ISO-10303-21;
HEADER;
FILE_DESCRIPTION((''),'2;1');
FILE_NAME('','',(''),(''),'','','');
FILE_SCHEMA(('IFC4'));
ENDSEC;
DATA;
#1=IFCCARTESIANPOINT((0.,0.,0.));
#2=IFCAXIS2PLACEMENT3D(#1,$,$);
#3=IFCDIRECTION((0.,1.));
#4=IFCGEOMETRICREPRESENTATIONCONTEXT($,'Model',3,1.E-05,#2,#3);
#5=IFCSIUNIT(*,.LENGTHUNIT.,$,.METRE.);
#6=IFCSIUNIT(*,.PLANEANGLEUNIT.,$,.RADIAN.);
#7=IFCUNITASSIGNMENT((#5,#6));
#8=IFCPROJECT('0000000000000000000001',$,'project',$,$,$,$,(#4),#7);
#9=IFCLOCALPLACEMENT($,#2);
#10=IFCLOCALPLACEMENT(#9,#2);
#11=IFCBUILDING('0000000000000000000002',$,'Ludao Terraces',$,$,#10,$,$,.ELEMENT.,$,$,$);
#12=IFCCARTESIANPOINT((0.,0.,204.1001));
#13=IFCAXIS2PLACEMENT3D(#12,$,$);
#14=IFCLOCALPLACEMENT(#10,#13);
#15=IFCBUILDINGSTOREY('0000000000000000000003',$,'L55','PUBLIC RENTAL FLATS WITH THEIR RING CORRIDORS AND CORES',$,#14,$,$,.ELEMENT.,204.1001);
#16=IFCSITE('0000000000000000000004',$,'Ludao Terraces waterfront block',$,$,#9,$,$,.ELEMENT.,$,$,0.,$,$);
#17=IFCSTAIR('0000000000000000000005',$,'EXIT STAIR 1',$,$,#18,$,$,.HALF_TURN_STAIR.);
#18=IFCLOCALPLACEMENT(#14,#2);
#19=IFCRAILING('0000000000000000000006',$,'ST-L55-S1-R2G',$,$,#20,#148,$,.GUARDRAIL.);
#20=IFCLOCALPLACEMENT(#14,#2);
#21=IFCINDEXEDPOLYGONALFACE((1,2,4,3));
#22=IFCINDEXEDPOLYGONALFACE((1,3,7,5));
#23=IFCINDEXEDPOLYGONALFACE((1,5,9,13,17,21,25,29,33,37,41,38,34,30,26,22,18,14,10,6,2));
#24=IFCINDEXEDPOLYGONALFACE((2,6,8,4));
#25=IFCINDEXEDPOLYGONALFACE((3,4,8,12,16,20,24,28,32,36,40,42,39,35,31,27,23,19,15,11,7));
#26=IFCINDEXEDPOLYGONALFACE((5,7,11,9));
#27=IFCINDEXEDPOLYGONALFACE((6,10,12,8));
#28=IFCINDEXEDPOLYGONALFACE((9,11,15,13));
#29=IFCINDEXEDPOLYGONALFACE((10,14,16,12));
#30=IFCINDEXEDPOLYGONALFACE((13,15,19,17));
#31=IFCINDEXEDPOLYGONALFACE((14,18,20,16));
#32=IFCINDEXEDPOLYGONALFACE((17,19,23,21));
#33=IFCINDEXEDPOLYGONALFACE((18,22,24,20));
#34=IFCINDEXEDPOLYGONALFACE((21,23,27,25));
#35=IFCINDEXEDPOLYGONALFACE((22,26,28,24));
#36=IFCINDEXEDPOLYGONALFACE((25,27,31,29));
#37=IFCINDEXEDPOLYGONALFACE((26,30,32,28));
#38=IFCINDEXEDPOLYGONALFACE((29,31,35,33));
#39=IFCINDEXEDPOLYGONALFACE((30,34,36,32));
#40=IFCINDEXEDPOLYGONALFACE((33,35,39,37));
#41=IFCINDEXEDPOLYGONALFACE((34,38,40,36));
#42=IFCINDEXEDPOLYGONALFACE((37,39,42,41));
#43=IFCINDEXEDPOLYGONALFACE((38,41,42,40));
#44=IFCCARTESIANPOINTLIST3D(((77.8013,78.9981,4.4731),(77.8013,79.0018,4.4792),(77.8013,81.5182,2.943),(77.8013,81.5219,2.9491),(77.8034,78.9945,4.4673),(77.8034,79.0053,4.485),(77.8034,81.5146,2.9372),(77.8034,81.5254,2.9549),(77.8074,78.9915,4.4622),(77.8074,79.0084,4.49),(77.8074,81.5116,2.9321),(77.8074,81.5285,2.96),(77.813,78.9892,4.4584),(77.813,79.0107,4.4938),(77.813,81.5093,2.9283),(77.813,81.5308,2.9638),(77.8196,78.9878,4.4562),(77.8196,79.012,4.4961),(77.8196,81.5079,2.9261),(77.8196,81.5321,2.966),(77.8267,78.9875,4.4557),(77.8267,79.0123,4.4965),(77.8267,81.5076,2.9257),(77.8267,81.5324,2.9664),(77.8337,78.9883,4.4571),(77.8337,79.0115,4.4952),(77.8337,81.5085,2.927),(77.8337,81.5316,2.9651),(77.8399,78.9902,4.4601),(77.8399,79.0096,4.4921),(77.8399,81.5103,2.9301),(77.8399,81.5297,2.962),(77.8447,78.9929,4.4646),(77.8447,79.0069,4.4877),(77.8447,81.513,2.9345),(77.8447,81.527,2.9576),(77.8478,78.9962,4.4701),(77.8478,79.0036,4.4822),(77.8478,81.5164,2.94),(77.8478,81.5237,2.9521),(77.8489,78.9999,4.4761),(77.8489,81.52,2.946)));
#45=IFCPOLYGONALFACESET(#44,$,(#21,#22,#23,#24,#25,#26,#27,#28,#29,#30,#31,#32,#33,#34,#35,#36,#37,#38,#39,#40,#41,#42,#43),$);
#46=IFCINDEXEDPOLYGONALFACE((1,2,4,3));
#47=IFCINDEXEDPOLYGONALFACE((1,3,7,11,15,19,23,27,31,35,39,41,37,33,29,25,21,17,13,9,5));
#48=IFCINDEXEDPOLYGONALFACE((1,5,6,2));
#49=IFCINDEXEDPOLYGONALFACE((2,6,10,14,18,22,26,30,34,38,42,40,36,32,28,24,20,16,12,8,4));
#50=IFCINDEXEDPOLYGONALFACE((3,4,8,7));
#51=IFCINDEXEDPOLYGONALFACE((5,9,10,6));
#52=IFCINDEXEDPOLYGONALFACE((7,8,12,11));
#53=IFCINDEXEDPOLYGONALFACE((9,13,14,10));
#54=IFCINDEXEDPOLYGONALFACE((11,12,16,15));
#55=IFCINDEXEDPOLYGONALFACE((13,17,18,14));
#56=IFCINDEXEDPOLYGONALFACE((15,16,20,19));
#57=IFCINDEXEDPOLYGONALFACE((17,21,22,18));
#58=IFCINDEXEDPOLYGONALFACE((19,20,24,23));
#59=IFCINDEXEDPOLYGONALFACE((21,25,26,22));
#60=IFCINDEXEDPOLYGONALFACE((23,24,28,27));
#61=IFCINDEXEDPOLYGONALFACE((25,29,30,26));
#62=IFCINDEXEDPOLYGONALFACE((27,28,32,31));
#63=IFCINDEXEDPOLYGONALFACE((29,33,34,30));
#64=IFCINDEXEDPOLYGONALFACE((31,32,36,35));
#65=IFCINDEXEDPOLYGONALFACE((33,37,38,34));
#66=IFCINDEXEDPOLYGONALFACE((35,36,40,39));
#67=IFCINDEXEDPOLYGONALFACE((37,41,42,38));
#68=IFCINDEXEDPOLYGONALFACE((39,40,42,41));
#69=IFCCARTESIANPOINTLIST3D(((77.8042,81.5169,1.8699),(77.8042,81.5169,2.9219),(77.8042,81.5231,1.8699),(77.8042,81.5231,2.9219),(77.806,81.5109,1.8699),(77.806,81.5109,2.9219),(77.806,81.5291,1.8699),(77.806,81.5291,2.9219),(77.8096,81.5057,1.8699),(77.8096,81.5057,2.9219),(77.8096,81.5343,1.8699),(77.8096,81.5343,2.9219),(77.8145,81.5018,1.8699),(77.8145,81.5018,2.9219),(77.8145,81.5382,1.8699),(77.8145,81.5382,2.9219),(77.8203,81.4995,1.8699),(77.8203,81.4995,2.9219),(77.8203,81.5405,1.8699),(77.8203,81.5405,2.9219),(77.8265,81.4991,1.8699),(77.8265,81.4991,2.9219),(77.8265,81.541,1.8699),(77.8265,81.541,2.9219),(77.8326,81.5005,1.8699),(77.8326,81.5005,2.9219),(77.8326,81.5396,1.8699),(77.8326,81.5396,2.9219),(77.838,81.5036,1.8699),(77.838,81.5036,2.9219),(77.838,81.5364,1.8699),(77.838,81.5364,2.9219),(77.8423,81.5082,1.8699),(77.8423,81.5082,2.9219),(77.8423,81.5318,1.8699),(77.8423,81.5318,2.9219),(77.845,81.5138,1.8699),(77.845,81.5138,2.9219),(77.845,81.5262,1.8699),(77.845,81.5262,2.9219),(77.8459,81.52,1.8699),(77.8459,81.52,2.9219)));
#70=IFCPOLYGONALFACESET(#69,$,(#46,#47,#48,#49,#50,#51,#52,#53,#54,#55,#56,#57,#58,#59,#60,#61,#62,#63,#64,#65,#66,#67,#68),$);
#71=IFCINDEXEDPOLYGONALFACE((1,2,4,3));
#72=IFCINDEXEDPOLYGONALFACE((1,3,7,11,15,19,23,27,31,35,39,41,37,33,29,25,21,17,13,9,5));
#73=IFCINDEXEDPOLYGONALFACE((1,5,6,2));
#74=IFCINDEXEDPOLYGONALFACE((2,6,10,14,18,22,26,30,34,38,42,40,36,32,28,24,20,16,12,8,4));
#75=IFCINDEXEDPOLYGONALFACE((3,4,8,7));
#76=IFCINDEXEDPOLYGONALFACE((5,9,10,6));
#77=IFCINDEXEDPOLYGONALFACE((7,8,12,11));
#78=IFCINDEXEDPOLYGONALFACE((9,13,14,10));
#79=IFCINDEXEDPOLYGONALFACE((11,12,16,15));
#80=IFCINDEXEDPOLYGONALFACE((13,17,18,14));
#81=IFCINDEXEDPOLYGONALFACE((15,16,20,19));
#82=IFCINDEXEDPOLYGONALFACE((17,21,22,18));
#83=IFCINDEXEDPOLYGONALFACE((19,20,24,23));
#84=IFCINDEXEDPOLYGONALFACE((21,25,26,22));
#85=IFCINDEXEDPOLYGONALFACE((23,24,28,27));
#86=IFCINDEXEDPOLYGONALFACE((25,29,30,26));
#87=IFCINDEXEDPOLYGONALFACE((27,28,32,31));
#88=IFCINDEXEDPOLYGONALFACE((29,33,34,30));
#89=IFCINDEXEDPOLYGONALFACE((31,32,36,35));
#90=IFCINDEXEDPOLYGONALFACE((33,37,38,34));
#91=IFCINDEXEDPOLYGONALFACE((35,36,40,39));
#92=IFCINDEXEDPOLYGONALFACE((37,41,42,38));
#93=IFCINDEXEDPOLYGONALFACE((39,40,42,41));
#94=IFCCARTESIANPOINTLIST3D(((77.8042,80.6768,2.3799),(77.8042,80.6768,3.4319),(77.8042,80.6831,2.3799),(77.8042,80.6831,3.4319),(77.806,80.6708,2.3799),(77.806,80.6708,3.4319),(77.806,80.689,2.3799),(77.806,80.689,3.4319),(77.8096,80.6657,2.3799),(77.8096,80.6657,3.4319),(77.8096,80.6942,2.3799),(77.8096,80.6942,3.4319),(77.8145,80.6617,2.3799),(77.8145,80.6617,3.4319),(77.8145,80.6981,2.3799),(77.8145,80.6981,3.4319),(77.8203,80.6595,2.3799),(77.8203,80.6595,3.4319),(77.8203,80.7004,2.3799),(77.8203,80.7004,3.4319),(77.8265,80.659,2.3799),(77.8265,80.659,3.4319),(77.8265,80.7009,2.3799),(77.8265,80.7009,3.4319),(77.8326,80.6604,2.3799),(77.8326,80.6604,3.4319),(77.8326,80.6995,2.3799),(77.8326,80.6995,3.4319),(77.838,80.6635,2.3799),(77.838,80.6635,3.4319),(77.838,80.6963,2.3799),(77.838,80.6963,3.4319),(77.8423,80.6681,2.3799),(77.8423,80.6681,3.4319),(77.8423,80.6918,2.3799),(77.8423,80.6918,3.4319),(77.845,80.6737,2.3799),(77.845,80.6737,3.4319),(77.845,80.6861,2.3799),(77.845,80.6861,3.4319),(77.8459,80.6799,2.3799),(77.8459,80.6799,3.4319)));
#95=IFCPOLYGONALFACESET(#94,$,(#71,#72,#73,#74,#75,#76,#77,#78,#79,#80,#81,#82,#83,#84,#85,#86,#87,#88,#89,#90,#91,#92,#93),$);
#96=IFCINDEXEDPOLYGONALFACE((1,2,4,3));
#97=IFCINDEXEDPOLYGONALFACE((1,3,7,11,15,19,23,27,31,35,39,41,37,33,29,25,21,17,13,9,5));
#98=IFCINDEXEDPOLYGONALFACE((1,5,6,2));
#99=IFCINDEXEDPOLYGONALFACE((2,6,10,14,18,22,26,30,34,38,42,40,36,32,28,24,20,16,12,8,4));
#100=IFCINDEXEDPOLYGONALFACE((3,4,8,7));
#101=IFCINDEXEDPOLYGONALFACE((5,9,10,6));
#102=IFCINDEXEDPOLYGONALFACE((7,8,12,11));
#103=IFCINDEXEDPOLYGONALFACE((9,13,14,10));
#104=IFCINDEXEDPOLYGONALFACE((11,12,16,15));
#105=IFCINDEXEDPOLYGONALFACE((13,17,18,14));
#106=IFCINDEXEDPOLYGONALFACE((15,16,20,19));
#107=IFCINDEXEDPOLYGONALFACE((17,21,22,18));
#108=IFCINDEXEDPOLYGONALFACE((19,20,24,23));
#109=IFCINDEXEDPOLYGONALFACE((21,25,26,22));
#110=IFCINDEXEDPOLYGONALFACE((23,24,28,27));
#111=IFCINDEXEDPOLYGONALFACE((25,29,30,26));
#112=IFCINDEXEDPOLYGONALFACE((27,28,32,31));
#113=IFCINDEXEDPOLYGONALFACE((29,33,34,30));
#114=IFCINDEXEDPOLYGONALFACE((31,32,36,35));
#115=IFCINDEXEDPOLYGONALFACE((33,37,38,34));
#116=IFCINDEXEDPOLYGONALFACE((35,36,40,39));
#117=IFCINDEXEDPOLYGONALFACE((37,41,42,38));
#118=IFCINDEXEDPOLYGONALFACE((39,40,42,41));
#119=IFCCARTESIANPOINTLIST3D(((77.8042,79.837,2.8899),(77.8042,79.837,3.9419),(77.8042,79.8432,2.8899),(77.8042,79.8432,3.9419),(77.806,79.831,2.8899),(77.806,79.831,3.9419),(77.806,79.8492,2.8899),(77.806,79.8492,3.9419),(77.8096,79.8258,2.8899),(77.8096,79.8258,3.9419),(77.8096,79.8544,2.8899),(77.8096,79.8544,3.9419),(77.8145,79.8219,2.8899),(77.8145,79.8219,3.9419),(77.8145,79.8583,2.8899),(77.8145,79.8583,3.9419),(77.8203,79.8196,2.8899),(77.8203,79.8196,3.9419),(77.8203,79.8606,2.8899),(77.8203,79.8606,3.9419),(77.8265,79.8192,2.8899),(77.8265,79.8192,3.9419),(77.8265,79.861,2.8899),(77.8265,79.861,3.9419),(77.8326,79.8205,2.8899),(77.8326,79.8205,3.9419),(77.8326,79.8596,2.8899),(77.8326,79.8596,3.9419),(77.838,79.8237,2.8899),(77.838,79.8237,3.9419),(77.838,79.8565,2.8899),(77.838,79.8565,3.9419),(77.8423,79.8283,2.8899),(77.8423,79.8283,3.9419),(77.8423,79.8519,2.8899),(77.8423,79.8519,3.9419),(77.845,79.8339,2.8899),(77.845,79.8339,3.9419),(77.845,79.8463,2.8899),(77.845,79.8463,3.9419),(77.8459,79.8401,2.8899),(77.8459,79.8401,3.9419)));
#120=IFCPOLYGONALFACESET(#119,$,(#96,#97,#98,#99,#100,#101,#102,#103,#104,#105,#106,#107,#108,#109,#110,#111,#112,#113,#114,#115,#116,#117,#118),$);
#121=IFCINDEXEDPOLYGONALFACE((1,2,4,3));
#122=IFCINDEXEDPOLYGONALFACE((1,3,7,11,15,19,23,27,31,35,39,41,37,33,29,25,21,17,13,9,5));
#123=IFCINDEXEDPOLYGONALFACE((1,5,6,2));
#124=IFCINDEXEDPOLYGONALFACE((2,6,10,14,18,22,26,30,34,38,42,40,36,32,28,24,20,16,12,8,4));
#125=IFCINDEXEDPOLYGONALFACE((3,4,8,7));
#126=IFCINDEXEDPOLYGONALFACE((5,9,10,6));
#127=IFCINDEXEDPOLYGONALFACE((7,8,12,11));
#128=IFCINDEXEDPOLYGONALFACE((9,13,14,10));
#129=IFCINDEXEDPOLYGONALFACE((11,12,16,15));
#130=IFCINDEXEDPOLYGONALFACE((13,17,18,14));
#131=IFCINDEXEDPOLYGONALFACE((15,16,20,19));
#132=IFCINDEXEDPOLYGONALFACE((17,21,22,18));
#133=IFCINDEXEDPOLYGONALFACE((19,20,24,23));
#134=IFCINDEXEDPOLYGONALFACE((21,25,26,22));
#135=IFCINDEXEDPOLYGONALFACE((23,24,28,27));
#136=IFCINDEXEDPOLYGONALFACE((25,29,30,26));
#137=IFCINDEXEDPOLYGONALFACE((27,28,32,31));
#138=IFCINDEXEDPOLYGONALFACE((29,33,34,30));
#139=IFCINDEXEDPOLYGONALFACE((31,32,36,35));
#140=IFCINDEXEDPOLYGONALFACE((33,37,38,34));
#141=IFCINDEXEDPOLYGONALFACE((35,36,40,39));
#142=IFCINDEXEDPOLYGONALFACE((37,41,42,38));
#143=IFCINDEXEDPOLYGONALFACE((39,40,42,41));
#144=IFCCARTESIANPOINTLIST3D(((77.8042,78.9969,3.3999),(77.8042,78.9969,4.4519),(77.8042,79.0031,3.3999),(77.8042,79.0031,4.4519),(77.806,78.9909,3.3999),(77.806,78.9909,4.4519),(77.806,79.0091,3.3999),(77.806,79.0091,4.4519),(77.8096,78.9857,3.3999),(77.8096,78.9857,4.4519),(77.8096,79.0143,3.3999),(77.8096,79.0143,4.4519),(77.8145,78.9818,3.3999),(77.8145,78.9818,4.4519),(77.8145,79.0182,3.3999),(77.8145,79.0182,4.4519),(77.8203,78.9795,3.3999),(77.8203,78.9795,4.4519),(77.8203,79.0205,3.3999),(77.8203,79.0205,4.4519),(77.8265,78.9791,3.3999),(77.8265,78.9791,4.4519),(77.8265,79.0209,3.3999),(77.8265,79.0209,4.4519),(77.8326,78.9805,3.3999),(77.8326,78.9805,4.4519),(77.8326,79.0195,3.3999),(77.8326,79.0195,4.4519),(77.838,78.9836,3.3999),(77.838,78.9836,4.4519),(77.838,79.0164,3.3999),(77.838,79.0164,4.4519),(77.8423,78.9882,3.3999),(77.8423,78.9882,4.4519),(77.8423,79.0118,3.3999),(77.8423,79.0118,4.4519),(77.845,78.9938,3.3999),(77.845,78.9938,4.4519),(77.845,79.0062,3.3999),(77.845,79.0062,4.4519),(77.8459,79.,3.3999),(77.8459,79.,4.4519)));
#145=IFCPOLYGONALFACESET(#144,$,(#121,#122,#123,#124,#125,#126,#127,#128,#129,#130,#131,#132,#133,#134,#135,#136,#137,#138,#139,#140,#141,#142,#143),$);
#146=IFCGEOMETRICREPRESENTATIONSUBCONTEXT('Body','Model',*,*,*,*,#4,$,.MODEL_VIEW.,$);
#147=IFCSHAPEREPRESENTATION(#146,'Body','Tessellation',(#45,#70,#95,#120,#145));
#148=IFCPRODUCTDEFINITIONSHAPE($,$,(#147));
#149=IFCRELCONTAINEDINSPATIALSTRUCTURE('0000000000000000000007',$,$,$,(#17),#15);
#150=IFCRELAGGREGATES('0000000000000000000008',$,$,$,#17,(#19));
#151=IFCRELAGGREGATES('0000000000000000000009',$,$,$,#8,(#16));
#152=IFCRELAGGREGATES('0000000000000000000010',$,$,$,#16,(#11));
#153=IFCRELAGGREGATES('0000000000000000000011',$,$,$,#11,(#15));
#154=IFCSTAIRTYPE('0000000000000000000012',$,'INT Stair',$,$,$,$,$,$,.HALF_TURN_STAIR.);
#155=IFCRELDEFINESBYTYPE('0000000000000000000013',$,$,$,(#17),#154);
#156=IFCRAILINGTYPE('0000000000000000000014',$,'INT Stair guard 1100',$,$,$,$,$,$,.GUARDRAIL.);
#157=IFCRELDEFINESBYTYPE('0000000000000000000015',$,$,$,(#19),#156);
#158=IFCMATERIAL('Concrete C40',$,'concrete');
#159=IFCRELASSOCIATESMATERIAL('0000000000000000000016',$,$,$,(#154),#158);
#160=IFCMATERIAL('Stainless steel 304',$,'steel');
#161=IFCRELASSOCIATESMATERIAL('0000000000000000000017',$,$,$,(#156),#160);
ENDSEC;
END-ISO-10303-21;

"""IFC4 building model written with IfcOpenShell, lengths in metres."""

from ifc_helpers import new_model, si_unit, direction, frame, origin, origin_2d, place, context, subcontext, project, spatial, circle, extrude, material, type_object, element, aggregate, save


model = new_model("IFC4")

# Units and contexts
model_context = context("Model", 3, precision=1e-05, world=origin(), true_north=direction((0.0, 1.0)))
body_context = subcontext(model_context, "Body", "Model", "MODEL_VIEW")
ifc_project = project(units=[si_unit("LENGTHUNIT", "METRE"), si_unit("PLANEANGLEUNIT", "RADIAN")], contexts=[model_context])

# Site, building, storey
site_placement = place(None, origin())
site = spatial("IfcSite", under=ifc_project, at=site_placement, Name="Ludao Terraces waterfront block", CompositionType="ELEMENT", RefElevation=0.0)
building_placement = place(site_placement, origin())
building = spatial("IfcBuilding", under=site, at=building_placement, Name="Ludao Terraces", CompositionType="ELEMENT")
storey_placement = place(building_placement, frame((0.0, 0.0, 204.1001)))
storey = spatial("IfcBuildingStorey", under=building, at=storey_placement, Name="L55", Description="PUBLIC RENTAL FLATS WITH THEIR RING CORRIDORS AND CORES", CompositionType="ELEMENT", Elevation=204.1001)

# Shared definitions
ifc_material_1 = material(Name="Concrete C40", Category="concrete")

# Stair, railing
stair_type = type_object("IfcStairType", Name="INT Stair", PredefinedType="HALF_TURN_STAIR", material=ifc_material_1)
stair_placement = place(storey_placement, origin())
stair = element("IfcStair", 1, at=stair_placement, inside=storey, type_object=stair_type, Name="EXIT STAIR 1", PredefinedType="HALF_TURN_STAIR")
ifc_material_2 = material(Name="Stainless steel 304", Category="steel")
railing_type_1 = type_object("IfcRailingType", Name="INT Stair guard 1100", PredefinedType="GUARDRAIL", material=ifc_material_2)
railing_1_placement = place(storey_placement, frame((77.825, 81.52, 1.8699)))
railing_1 = element("IfcRailing", 2, at=railing_1_placement, type_object=railing_type_1, Name="ST-L55-S1-R2G", PredefinedType="GUARDRAIL", context=body_context, shape_type="SweptSolid", body=[
    extrude(circle(Radius=0.0239, at=origin_2d()), frame((0.0, 0.0, 1.0762), z_axis=(0.0, -0.854785, 0.518982), x_axis=(1.0, 0.0, 0.0)), (0.0, 0.0, 1.0), 2.9482),
    extrude(circle(Radius=0.021, at=origin_2d()), origin(), (0.0, 0.0, 1.0), 1.052),
    extrude(circle(Radius=0.021, at=origin_2d()), frame((0.0, -0.8401, 0.51)), (0.0, 0.0, 1.0), 1.052),
    extrude(circle(Radius=0.021, at=origin_2d()), frame((0.0, -1.6799, 1.02)), (0.0, 0.0, 1.0), 1.052),
    extrude(circle(Radius=0.021, at=origin_2d()), frame((0.0, -2.52, 1.53)), (0.0, 0.0, 1.0), 1.052),
])
aggregate(stair, [railing_1])

save(model, "model.ifc")
